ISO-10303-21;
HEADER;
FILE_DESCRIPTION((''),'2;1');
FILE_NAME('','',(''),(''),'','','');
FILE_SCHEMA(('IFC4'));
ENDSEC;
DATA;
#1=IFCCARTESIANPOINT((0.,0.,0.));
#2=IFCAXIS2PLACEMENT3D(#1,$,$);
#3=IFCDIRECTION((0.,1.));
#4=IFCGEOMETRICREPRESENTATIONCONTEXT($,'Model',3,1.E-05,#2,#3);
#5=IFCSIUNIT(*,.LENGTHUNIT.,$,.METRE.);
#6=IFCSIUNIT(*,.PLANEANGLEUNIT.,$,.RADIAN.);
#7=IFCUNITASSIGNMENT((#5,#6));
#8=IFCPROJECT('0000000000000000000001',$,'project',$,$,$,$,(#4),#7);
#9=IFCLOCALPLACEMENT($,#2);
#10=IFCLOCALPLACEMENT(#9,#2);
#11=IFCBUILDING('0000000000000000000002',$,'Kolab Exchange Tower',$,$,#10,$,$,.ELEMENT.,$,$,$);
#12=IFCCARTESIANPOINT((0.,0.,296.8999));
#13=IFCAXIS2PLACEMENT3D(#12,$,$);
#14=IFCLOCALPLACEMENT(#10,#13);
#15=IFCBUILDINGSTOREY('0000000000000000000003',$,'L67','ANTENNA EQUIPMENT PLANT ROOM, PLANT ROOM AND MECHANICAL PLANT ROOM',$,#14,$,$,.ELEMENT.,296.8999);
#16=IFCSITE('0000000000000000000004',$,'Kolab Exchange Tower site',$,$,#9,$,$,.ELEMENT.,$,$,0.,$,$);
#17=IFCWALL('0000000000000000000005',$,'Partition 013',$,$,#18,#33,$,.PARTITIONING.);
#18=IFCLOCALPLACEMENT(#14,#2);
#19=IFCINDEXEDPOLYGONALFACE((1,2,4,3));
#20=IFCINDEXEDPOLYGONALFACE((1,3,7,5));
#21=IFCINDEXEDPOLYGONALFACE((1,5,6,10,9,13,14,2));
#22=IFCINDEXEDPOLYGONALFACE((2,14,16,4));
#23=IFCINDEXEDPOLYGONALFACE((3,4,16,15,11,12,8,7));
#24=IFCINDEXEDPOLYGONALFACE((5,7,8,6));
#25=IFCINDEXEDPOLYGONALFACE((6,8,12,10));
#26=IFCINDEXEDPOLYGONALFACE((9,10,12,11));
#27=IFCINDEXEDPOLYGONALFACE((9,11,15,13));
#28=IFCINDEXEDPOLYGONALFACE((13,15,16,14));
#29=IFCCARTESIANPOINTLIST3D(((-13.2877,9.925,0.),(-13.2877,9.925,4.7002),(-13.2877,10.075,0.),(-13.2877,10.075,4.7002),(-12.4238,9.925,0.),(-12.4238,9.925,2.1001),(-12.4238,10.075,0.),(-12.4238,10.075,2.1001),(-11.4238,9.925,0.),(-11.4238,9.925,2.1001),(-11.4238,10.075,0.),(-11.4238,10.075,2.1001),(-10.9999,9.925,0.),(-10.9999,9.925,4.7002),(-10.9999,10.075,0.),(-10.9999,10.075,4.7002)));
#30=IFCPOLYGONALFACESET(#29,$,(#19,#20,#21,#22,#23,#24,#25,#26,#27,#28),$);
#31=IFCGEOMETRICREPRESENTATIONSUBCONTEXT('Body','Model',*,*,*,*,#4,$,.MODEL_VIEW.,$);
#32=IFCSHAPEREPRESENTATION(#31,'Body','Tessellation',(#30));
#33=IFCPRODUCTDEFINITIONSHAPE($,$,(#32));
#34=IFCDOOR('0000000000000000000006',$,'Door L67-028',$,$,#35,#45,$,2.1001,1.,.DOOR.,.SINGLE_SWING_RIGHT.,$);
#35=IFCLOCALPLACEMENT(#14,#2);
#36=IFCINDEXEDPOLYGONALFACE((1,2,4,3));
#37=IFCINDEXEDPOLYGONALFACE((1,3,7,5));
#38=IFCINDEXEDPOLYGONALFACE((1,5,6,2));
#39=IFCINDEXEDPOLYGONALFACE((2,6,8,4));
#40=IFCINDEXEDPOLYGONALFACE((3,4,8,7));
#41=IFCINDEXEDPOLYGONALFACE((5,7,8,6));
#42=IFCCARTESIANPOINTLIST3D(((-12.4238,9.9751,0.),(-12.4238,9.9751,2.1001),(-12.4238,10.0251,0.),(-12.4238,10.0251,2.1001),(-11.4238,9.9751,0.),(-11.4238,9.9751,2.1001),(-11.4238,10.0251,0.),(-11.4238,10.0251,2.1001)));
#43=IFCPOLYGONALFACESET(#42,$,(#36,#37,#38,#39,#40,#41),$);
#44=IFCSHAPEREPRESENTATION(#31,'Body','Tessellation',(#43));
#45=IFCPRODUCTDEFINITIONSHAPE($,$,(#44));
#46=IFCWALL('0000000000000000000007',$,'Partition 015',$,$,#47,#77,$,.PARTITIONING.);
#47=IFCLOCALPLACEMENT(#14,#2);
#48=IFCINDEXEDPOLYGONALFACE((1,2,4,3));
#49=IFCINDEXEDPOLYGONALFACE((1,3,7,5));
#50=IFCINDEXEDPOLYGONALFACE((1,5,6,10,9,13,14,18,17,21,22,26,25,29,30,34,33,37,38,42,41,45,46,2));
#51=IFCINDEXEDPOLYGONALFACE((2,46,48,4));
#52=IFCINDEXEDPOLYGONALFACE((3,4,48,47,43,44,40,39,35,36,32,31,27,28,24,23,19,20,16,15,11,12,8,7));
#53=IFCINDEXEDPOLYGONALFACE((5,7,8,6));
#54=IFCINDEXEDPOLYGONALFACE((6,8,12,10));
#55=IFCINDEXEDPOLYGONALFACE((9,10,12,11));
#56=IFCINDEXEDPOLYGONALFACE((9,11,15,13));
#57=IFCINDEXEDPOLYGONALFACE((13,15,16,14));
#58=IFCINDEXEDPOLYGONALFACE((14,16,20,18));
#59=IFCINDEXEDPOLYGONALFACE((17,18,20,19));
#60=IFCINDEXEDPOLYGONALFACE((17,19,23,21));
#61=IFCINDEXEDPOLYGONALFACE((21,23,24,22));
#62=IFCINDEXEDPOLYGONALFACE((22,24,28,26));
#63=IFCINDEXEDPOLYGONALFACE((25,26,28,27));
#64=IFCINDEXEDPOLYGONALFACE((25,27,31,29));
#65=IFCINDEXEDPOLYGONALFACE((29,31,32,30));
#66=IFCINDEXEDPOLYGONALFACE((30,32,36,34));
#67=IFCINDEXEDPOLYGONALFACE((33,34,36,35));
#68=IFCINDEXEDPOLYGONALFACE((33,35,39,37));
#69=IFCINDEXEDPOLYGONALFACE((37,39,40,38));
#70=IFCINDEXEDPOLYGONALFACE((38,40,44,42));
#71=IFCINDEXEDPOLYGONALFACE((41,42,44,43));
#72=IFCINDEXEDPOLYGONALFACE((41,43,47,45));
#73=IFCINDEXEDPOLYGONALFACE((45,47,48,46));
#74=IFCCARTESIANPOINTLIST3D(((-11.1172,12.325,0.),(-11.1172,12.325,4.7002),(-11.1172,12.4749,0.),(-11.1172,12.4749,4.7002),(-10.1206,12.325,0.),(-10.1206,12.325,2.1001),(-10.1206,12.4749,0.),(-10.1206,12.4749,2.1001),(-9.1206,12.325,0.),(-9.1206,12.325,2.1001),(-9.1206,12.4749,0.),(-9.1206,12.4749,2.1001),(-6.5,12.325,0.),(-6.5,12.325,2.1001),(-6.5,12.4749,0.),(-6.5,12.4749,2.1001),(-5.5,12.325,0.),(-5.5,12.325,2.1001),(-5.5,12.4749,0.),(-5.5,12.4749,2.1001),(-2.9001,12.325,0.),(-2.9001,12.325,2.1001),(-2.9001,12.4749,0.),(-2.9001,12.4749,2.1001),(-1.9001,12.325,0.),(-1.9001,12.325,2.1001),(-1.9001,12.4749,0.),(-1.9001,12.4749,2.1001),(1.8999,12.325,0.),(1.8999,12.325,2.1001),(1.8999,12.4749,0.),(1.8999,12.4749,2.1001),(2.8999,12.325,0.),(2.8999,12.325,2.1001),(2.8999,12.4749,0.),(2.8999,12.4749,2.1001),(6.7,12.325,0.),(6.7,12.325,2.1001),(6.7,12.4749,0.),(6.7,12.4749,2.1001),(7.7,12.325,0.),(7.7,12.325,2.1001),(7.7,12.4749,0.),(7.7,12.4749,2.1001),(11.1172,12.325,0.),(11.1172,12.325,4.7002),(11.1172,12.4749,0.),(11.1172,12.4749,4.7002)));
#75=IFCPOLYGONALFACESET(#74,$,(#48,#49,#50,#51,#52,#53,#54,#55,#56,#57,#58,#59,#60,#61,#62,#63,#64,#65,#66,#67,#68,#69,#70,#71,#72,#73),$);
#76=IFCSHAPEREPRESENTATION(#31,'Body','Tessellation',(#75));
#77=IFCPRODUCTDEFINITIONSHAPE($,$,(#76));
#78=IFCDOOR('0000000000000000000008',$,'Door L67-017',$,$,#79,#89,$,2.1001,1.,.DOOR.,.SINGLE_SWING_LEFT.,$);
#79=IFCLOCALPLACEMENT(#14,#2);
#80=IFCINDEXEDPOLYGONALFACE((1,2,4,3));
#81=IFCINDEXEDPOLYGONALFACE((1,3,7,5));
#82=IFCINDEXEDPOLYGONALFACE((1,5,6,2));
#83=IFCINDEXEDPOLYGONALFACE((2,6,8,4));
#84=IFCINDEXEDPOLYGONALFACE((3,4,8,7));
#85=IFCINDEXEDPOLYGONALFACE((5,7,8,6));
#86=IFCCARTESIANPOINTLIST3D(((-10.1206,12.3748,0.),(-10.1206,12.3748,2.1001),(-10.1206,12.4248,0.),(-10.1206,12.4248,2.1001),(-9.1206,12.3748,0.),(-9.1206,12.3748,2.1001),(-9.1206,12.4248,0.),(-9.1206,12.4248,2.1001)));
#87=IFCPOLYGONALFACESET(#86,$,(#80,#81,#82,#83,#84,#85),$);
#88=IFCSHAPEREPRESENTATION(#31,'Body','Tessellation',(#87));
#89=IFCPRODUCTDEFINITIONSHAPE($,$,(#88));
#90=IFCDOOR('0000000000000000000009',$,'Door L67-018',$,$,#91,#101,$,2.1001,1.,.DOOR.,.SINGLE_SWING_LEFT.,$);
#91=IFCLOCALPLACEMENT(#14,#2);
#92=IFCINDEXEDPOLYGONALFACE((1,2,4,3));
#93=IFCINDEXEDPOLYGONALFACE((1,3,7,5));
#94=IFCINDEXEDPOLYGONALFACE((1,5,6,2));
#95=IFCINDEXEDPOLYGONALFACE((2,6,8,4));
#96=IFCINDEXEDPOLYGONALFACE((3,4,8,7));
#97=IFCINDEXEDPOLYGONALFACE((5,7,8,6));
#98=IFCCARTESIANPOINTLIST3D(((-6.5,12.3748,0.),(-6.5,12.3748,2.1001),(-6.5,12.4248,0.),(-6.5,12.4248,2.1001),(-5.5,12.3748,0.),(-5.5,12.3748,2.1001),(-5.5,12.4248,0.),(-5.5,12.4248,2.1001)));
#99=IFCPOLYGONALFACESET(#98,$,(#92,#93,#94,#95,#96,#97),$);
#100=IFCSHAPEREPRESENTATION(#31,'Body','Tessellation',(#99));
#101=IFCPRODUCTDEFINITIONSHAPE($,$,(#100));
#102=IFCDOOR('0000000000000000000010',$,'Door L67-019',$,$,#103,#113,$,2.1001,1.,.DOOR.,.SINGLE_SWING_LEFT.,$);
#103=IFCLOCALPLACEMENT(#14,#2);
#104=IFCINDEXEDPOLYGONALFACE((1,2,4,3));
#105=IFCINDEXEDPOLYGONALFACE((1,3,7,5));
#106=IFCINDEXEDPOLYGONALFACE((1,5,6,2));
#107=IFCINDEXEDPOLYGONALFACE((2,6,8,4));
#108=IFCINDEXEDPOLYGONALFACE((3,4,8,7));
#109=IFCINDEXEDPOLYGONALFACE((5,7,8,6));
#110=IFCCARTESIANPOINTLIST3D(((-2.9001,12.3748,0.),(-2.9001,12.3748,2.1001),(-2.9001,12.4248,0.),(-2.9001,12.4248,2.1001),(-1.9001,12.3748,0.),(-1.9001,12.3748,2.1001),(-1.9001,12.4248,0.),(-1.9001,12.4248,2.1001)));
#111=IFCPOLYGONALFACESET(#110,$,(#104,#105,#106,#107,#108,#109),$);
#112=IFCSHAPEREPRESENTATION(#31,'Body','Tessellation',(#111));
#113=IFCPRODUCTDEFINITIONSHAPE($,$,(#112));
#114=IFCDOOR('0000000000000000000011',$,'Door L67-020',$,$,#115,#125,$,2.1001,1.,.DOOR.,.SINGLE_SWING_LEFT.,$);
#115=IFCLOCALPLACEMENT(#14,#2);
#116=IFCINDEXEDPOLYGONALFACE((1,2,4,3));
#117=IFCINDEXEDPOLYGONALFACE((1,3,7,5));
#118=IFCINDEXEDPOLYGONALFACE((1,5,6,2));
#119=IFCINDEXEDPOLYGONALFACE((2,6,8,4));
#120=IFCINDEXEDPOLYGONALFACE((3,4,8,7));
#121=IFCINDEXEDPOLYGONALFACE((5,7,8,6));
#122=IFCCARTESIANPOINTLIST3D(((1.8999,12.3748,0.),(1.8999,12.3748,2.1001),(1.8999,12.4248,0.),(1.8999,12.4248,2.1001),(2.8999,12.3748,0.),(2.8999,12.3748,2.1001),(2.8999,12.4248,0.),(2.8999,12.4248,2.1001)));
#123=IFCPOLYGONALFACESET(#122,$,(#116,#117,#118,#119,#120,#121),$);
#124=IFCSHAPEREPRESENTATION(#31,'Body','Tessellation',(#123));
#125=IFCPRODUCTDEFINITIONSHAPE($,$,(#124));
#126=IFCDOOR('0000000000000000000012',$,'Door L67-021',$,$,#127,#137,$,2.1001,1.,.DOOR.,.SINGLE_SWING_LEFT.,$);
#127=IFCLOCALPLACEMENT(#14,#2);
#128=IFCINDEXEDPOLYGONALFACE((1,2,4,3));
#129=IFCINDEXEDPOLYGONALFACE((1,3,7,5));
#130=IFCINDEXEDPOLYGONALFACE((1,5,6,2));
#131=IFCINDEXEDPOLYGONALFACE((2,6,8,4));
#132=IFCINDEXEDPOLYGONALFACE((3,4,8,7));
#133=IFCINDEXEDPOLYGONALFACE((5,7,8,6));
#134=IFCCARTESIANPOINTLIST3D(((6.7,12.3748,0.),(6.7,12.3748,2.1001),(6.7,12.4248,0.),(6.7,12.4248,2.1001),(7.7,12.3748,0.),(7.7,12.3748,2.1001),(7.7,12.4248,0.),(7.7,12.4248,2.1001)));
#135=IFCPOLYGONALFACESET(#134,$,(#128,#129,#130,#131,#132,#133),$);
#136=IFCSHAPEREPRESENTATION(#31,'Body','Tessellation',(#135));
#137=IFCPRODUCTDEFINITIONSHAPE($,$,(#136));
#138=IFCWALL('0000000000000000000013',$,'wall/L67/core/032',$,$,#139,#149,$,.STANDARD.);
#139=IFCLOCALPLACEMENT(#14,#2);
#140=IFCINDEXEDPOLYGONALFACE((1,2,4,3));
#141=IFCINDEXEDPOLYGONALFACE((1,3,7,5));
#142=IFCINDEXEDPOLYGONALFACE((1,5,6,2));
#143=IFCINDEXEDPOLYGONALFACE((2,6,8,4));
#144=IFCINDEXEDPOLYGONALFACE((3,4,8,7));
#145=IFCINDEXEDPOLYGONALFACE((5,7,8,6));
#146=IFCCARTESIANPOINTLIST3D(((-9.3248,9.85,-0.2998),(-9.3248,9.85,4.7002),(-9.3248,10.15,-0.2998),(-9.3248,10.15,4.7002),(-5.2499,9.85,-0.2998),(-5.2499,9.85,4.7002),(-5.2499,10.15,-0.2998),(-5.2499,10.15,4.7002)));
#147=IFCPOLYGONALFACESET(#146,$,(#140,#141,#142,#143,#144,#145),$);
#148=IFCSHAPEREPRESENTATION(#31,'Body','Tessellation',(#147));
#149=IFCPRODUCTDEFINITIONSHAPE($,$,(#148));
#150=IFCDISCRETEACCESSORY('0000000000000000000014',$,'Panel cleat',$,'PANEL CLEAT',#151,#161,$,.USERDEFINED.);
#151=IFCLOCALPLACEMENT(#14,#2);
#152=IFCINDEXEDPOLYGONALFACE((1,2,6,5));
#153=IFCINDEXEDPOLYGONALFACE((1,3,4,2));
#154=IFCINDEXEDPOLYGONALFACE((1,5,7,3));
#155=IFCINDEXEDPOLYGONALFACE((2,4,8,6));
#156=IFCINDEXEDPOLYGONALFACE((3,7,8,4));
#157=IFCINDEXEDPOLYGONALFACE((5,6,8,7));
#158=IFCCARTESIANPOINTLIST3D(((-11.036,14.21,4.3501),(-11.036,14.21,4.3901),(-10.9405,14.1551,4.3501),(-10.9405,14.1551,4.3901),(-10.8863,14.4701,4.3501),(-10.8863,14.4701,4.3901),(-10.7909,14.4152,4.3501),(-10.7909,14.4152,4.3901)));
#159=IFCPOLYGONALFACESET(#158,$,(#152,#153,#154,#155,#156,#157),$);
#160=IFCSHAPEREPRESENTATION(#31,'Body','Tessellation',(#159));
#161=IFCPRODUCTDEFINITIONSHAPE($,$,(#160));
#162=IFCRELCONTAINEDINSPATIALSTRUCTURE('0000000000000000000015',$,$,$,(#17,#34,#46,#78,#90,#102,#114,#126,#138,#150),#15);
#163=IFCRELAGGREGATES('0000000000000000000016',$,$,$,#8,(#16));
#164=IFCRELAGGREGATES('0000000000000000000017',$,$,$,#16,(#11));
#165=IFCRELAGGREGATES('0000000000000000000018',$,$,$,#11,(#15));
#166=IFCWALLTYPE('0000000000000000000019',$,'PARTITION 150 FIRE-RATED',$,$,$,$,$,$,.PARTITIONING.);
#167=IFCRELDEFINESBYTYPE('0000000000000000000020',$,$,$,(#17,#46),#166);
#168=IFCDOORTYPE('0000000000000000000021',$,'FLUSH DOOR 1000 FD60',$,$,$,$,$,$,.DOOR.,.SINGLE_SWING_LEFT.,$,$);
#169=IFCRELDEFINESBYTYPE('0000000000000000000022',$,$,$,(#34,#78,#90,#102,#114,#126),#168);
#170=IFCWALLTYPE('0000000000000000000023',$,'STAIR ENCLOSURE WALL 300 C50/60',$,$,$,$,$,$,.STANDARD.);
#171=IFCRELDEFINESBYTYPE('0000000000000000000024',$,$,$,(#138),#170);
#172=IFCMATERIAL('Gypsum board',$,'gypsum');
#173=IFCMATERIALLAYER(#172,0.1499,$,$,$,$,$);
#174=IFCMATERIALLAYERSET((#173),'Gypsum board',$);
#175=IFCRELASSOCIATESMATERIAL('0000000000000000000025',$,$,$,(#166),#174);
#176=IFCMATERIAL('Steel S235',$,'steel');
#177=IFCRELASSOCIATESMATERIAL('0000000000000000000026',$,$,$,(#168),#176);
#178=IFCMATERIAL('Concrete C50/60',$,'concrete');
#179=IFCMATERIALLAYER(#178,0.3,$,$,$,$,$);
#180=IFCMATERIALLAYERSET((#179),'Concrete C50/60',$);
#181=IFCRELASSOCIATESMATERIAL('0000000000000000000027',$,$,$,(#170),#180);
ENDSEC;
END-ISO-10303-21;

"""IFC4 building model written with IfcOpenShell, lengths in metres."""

from ifc_helpers import new_model, si_unit, direction, frame, frame_2d, origin, origin_2d, place, context, subcontext, project, spatial, rectangle, extrude, material, layer, layer_set, type_object, element, fill, save


model = new_model("IFC4")

# Units and contexts
model_context = context("Model", 3, precision=1e-05, world=origin(), true_north=direction((0.0, 1.0)))
body_context = subcontext(model_context, "Body", "Model", "MODEL_VIEW")
ifc_project = project(units=[si_unit("LENGTHUNIT", "METRE"), si_unit("PLANEANGLEUNIT", "RADIAN")], contexts=[model_context])

# Site, building, storey
site_placement = place(None, origin())
site = spatial("IfcSite", under=ifc_project, at=site_placement, Name="Kolab Exchange Tower site", CompositionType="ELEMENT", RefElevation=0.0)
building_placement = place(site_placement, origin())
building = spatial("IfcBuilding", under=site, at=building_placement, Name="Kolab Exchange Tower", CompositionType="ELEMENT")
storey_placement = place(building_placement, frame((0.0, 0.0, 296.8999)))
storey = spatial("IfcBuildingStorey", under=building, at=storey_placement, Name="L67", Description="ANTENNA EQUIPMENT PLANT ROOM, PLANT ROOM AND MECHANICAL PLANT ROOM", CompositionType="ELEMENT", Elevation=296.8999)

# Shared definitions
ifc_material_1 = material(Name="Concrete C50/60", Category="concrete")

# Wall, opening, door
ifc_material_2 = material(Name="Gypsum board", Category="gypsum")
ifc_layer_1 = layer(ifc_material_2, 0.1499)
ifc_layer_set_1 = layer_set([ifc_layer_1], Name="Gypsum board")
wall_type_1 = type_object("IfcWallType", Name="PARTITION 150 FIRE-RATED", PredefinedType="PARTITIONING", material=ifc_layer_set_1)
wall_1_placement = place(storey_placement, frame((-13.2878, 10.0, 0.0), z_axis=(0.0, 0.0, 1.0), x_axis=(1.0, 0.0, 0.0)))
wall_1 = element("IfcWall", 1, at=wall_1_placement, inside=storey, type_object=wall_type_1, Name="Partition 013", PredefinedType="PARTITIONING", context=body_context, shape_type="SweptSolid", body=[
    extrude(rectangle(XDim=2.2878, YDim=0.1499, at=frame_2d((1.144, 0.0))), origin(), (0.0, 0.0, 1.0), 4.7002),
])
opening_1_placement = place(wall_1_placement, frame((0.864, 0.0, 0.0)))
opening_1 = element("IfcOpeningElement", 2, at=opening_1_placement, cuts=wall_1, PredefinedType="OPENING", context=body_context, shape_type="SweptSolid", body=[
    extrude(rectangle(XDim=1.0, YDim=2.1001, at=frame_2d((0.5, 1.05))), frame((0.0, 0.085, 0.0), z_axis=(0.0, -1.0, 0.0), x_axis=(1.0, 0.0, 0.0)), (0.0, 0.0, 1.0), 0.1699),
])
ifc_material_3 = material(Name="Steel S235", Category="steel")
door_type = type_object("IfcDoorType", Name="FLUSH DOOR 1000 FD60", OperationType="SINGLE_SWING_LEFT", PredefinedType="DOOR", material=ifc_material_3)
door_1_placement = place(opening_1_placement, frame((1.0, 0.0, 0.0), z_axis=(0.0, 0.0, 1.0), x_axis=(-1.0, 0.0, 0.0)))
door_1 = element("IfcDoor", 3, at=door_1_placement, inside=storey, type_object=door_type, Name="Door L67-028", OperationType="SINGLE_SWING_RIGHT", OverallHeight=2.1001, OverallWidth=1.0, PredefinedType="DOOR", context=body_context, shape_type="SweptSolid", body=[
    extrude(rectangle(XDim=1.0, YDim=2.1001, at=frame_2d((0.5, 1.05))), frame((0.0, 0.0249, 0.0), z_axis=(0.0, -1.0, 0.0), x_axis=(1.0, 0.0, 0.0)), (0.0, 0.0, 1.0), 0.05),
])
fill(opening_1, door_1)

# Wall, openings, doors
wall_2_placement = place(storey_placement, frame((-11.1172, 12.3999, 0.0), z_axis=(0.0, 0.0, 1.0), x_axis=(1.0, 0.0, 0.0)))
wall_2 = element("IfcWall", 4, at=wall_2_placement, inside=storey, type_object=wall_type_1, Name="Partition 015", PredefinedType="PARTITIONING", context=body_context, shape_type="SweptSolid", body=[
    extrude(rectangle(XDim=22.2344, YDim=0.1499, at=frame_2d((11.1172, 0.0))), origin(), (0.0, 0.0, 1.0), 4.7002),
])
opening_2_placement = place(wall_2_placement, frame((0.9966, 0.0, 0.0)))
opening_2 = element("IfcOpeningElement", 5, at=opening_2_placement, cuts=wall_2, PredefinedType="OPENING", context=body_context, shape_type="SweptSolid", body=[
    extrude(rectangle(XDim=1.0, YDim=2.1001, at=frame_2d((0.5, 1.05))), frame((0.0, 0.085, 0.0), z_axis=(0.0, -1.0, 0.0), x_axis=(1.0, 0.0, 0.0)), (0.0, 0.0, 1.0), 0.1699),
])
opening_3_placement = place(wall_2_placement, frame((4.6172, 0.0, 0.0)))
opening_3 = element("IfcOpeningElement", 6, at=opening_3_placement, cuts=wall_2, PredefinedType="OPENING", context=body_context, shape_type="SweptSolid", body=[
    extrude(rectangle(XDim=1.0, YDim=2.1001, at=frame_2d((0.5, 1.05))), frame((0.0, 0.085, 0.0), z_axis=(0.0, -1.0, 0.0), x_axis=(1.0, 0.0, 0.0)), (0.0, 0.0, 1.0), 0.1699),
])
opening_4_placement = place(wall_2_placement, frame((8.217, 0.0, 0.0)))
opening_4 = element("IfcOpeningElement", 7, at=opening_4_placement, cuts=wall_2, PredefinedType="OPENING", context=body_context, shape_type="SweptSolid", body=[
    extrude(rectangle(XDim=1.0, YDim=2.1001, at=frame_2d((0.5, 1.05))), frame((0.0, 0.085, 0.0), z_axis=(0.0, -1.0, 0.0), x_axis=(1.0, 0.0, 0.0)), (0.0, 0.0, 1.0), 0.1699),
])
opening_5_placement = place(wall_2_placement, frame((13.0171, 0.0, 0.0)))
opening_5 = element("IfcOpeningElement", 8, at=opening_5_placement, cuts=wall_2, PredefinedType="OPENING", context=body_context, shape_type="SweptSolid", body=[
    extrude(rectangle(XDim=1.0, YDim=2.1001, at=frame_2d((0.5, 1.05))), frame((0.0, 0.085, 0.0), z_axis=(0.0, -1.0, 0.0), x_axis=(1.0, 0.0, 0.0)), (0.0, 0.0, 1.0), 0.1699),
])
opening_6_placement = place(wall_2_placement, frame((17.8171, 0.0, 0.0)))
opening_6 = element("IfcOpeningElement", 9, at=opening_6_placement, cuts=wall_2, PredefinedType="OPENING", context=body_context, shape_type="SweptSolid", body=[
    extrude(rectangle(XDim=1.0, YDim=2.1001, at=frame_2d((0.5, 1.05))), frame((0.0, 0.085, 0.0), z_axis=(0.0, -1.0, 0.0), x_axis=(1.0, 0.0, 0.0)), (0.0, 0.0, 1.0), 0.1699),
])
door_2_placement = place(opening_2_placement, origin())
door_2 = element("IfcDoor", 10, at=door_2_placement, inside=storey, type_object=door_type, Name="Door L67-017", OperationType="SINGLE_SWING_LEFT", OverallHeight=2.1001, OverallWidth=1.0, PredefinedType="DOOR", context=body_context, shape_type="SweptSolid", body=[
    extrude(rectangle(XDim=1.0, YDim=2.1001, at=frame_2d((0.5, 1.05))), frame((0.0, 0.0249, 0.0), z_axis=(0.0, -1.0, 0.0), x_axis=(1.0, 0.0, 0.0)), (0.0, 0.0, 1.0), 0.05),
])
fill(opening_2, door_2)
door_3_placement = place(opening_3_placement, origin())
door_3 = element("IfcDoor", 11, at=door_3_placement, inside=storey, type_object=door_type, Name="Door L67-018", OperationType="SINGLE_SWING_LEFT", OverallHeight=2.1001, OverallWidth=1.0, PredefinedType="DOOR", context=body_context, shape_type="SweptSolid", body=[
    extrude(rectangle(XDim=1.0, YDim=2.1001, at=frame_2d((0.5, 1.05))), frame((0.0, 0.0249, 0.0), z_axis=(0.0, -1.0, 0.0), x_axis=(1.0, 0.0, 0.0)), (0.0, 0.0, 1.0), 0.05),
])
fill(opening_3, door_3)
door_4_placement = place(opening_4_placement, origin())
door_4 = element("IfcDoor", 12, at=door_4_placement, inside=storey, type_object=door_type, Name="Door L67-019", OperationType="SINGLE_SWING_LEFT", OverallHeight=2.1001, OverallWidth=1.0, PredefinedType="DOOR", context=body_context, shape_type="SweptSolid", body=[
    extrude(rectangle(XDim=1.0, YDim=2.1001, at=frame_2d((0.5, 1.05))), frame((0.0, 0.0249, 0.0), z_axis=(0.0, -1.0, 0.0), x_axis=(1.0, 0.0, 0.0)), (0.0, 0.0, 1.0), 0.05),
])
fill(opening_4, door_4)
door_5_placement = place(opening_5_placement, origin())
door_5 = element("IfcDoor", 13, at=door_5_placement, inside=storey, type_object=door_type, Name="Door L67-020", OperationType="SINGLE_SWING_LEFT", OverallHeight=2.1001, OverallWidth=1.0, PredefinedType="DOOR", context=body_context, shape_type="SweptSolid", body=[
    extrude(rectangle(XDim=1.0, YDim=2.1001, at=frame_2d((0.5, 1.05))), frame((0.0, 0.0249, 0.0), z_axis=(0.0, -1.0, 0.0), x_axis=(1.0, 0.0, 0.0)), (0.0, 0.0, 1.0), 0.05),
])
fill(opening_5, door_5)
door_6_placement = place(opening_6_placement, origin())
door_6 = element("IfcDoor", 14, at=door_6_placement, inside=storey, type_object=door_type, Name="Door L67-021", OperationType="SINGLE_SWING_LEFT", OverallHeight=2.1001, OverallWidth=1.0, PredefinedType="DOOR", context=body_context, shape_type="SweptSolid", body=[
    extrude(rectangle(XDim=1.0, YDim=2.1001, at=frame_2d((0.5, 1.05))), frame((0.0, 0.0249, 0.0), z_axis=(0.0, -1.0, 0.0), x_axis=(1.0, 0.0, 0.0)), (0.0, 0.0, 1.0), 0.05),
])
fill(opening_6, door_6)

# Wall
ifc_layer_2 = layer(ifc_material_1, 0.3)
ifc_layer_set_2 = layer_set([ifc_layer_2], Name="Concrete C50/60")
wall_type_2 = type_object("IfcWallType", Name="STAIR ENCLOSURE WALL 300 C50/60", PredefinedType="STANDARD", material=ifc_layer_set_2)
wall_3_placement = place(storey_placement, frame((-9.325, 10.0, -0.2998), z_axis=(0.0, 0.0, 1.0), x_axis=(1.0, 0.0, 0.0)))
element("IfcWall", 15, at=wall_3_placement, inside=storey, type_object=wall_type_2, Name="wall/L67/core/032", PredefinedType="STANDARD", context=body_context, shape_type="SweptSolid", body=[
    extrude(rectangle(XDim=4.075, YDim=0.3, at=frame_2d((2.0376, 0.0))), origin(), (0.0, 0.0, 1.0), 5.0),
])

# Discrete accessory
discrete_accessory_1_placement = place(storey_placement, frame((-10.8657, 14.2852, 4.3701), z_axis=(-0.866739, 0.498763, 0.0), x_axis=(-0.498763, -0.866739, 0.0)))
element("IfcDiscreteAccessory", 16, at=discrete_accessory_1_placement, inside=storey, Name="Panel cleat", ObjectType="PANEL CLEAT", PredefinedType="USERDEFINED", context=body_context, shape_type="SweptSolid", body=[
    extrude(rectangle(XDim=0.3, YDim=0.04, at=origin_2d()), origin(), (0.0, 0.0, 1.0), 0.1101),
])

save(model, "model.ifc")
